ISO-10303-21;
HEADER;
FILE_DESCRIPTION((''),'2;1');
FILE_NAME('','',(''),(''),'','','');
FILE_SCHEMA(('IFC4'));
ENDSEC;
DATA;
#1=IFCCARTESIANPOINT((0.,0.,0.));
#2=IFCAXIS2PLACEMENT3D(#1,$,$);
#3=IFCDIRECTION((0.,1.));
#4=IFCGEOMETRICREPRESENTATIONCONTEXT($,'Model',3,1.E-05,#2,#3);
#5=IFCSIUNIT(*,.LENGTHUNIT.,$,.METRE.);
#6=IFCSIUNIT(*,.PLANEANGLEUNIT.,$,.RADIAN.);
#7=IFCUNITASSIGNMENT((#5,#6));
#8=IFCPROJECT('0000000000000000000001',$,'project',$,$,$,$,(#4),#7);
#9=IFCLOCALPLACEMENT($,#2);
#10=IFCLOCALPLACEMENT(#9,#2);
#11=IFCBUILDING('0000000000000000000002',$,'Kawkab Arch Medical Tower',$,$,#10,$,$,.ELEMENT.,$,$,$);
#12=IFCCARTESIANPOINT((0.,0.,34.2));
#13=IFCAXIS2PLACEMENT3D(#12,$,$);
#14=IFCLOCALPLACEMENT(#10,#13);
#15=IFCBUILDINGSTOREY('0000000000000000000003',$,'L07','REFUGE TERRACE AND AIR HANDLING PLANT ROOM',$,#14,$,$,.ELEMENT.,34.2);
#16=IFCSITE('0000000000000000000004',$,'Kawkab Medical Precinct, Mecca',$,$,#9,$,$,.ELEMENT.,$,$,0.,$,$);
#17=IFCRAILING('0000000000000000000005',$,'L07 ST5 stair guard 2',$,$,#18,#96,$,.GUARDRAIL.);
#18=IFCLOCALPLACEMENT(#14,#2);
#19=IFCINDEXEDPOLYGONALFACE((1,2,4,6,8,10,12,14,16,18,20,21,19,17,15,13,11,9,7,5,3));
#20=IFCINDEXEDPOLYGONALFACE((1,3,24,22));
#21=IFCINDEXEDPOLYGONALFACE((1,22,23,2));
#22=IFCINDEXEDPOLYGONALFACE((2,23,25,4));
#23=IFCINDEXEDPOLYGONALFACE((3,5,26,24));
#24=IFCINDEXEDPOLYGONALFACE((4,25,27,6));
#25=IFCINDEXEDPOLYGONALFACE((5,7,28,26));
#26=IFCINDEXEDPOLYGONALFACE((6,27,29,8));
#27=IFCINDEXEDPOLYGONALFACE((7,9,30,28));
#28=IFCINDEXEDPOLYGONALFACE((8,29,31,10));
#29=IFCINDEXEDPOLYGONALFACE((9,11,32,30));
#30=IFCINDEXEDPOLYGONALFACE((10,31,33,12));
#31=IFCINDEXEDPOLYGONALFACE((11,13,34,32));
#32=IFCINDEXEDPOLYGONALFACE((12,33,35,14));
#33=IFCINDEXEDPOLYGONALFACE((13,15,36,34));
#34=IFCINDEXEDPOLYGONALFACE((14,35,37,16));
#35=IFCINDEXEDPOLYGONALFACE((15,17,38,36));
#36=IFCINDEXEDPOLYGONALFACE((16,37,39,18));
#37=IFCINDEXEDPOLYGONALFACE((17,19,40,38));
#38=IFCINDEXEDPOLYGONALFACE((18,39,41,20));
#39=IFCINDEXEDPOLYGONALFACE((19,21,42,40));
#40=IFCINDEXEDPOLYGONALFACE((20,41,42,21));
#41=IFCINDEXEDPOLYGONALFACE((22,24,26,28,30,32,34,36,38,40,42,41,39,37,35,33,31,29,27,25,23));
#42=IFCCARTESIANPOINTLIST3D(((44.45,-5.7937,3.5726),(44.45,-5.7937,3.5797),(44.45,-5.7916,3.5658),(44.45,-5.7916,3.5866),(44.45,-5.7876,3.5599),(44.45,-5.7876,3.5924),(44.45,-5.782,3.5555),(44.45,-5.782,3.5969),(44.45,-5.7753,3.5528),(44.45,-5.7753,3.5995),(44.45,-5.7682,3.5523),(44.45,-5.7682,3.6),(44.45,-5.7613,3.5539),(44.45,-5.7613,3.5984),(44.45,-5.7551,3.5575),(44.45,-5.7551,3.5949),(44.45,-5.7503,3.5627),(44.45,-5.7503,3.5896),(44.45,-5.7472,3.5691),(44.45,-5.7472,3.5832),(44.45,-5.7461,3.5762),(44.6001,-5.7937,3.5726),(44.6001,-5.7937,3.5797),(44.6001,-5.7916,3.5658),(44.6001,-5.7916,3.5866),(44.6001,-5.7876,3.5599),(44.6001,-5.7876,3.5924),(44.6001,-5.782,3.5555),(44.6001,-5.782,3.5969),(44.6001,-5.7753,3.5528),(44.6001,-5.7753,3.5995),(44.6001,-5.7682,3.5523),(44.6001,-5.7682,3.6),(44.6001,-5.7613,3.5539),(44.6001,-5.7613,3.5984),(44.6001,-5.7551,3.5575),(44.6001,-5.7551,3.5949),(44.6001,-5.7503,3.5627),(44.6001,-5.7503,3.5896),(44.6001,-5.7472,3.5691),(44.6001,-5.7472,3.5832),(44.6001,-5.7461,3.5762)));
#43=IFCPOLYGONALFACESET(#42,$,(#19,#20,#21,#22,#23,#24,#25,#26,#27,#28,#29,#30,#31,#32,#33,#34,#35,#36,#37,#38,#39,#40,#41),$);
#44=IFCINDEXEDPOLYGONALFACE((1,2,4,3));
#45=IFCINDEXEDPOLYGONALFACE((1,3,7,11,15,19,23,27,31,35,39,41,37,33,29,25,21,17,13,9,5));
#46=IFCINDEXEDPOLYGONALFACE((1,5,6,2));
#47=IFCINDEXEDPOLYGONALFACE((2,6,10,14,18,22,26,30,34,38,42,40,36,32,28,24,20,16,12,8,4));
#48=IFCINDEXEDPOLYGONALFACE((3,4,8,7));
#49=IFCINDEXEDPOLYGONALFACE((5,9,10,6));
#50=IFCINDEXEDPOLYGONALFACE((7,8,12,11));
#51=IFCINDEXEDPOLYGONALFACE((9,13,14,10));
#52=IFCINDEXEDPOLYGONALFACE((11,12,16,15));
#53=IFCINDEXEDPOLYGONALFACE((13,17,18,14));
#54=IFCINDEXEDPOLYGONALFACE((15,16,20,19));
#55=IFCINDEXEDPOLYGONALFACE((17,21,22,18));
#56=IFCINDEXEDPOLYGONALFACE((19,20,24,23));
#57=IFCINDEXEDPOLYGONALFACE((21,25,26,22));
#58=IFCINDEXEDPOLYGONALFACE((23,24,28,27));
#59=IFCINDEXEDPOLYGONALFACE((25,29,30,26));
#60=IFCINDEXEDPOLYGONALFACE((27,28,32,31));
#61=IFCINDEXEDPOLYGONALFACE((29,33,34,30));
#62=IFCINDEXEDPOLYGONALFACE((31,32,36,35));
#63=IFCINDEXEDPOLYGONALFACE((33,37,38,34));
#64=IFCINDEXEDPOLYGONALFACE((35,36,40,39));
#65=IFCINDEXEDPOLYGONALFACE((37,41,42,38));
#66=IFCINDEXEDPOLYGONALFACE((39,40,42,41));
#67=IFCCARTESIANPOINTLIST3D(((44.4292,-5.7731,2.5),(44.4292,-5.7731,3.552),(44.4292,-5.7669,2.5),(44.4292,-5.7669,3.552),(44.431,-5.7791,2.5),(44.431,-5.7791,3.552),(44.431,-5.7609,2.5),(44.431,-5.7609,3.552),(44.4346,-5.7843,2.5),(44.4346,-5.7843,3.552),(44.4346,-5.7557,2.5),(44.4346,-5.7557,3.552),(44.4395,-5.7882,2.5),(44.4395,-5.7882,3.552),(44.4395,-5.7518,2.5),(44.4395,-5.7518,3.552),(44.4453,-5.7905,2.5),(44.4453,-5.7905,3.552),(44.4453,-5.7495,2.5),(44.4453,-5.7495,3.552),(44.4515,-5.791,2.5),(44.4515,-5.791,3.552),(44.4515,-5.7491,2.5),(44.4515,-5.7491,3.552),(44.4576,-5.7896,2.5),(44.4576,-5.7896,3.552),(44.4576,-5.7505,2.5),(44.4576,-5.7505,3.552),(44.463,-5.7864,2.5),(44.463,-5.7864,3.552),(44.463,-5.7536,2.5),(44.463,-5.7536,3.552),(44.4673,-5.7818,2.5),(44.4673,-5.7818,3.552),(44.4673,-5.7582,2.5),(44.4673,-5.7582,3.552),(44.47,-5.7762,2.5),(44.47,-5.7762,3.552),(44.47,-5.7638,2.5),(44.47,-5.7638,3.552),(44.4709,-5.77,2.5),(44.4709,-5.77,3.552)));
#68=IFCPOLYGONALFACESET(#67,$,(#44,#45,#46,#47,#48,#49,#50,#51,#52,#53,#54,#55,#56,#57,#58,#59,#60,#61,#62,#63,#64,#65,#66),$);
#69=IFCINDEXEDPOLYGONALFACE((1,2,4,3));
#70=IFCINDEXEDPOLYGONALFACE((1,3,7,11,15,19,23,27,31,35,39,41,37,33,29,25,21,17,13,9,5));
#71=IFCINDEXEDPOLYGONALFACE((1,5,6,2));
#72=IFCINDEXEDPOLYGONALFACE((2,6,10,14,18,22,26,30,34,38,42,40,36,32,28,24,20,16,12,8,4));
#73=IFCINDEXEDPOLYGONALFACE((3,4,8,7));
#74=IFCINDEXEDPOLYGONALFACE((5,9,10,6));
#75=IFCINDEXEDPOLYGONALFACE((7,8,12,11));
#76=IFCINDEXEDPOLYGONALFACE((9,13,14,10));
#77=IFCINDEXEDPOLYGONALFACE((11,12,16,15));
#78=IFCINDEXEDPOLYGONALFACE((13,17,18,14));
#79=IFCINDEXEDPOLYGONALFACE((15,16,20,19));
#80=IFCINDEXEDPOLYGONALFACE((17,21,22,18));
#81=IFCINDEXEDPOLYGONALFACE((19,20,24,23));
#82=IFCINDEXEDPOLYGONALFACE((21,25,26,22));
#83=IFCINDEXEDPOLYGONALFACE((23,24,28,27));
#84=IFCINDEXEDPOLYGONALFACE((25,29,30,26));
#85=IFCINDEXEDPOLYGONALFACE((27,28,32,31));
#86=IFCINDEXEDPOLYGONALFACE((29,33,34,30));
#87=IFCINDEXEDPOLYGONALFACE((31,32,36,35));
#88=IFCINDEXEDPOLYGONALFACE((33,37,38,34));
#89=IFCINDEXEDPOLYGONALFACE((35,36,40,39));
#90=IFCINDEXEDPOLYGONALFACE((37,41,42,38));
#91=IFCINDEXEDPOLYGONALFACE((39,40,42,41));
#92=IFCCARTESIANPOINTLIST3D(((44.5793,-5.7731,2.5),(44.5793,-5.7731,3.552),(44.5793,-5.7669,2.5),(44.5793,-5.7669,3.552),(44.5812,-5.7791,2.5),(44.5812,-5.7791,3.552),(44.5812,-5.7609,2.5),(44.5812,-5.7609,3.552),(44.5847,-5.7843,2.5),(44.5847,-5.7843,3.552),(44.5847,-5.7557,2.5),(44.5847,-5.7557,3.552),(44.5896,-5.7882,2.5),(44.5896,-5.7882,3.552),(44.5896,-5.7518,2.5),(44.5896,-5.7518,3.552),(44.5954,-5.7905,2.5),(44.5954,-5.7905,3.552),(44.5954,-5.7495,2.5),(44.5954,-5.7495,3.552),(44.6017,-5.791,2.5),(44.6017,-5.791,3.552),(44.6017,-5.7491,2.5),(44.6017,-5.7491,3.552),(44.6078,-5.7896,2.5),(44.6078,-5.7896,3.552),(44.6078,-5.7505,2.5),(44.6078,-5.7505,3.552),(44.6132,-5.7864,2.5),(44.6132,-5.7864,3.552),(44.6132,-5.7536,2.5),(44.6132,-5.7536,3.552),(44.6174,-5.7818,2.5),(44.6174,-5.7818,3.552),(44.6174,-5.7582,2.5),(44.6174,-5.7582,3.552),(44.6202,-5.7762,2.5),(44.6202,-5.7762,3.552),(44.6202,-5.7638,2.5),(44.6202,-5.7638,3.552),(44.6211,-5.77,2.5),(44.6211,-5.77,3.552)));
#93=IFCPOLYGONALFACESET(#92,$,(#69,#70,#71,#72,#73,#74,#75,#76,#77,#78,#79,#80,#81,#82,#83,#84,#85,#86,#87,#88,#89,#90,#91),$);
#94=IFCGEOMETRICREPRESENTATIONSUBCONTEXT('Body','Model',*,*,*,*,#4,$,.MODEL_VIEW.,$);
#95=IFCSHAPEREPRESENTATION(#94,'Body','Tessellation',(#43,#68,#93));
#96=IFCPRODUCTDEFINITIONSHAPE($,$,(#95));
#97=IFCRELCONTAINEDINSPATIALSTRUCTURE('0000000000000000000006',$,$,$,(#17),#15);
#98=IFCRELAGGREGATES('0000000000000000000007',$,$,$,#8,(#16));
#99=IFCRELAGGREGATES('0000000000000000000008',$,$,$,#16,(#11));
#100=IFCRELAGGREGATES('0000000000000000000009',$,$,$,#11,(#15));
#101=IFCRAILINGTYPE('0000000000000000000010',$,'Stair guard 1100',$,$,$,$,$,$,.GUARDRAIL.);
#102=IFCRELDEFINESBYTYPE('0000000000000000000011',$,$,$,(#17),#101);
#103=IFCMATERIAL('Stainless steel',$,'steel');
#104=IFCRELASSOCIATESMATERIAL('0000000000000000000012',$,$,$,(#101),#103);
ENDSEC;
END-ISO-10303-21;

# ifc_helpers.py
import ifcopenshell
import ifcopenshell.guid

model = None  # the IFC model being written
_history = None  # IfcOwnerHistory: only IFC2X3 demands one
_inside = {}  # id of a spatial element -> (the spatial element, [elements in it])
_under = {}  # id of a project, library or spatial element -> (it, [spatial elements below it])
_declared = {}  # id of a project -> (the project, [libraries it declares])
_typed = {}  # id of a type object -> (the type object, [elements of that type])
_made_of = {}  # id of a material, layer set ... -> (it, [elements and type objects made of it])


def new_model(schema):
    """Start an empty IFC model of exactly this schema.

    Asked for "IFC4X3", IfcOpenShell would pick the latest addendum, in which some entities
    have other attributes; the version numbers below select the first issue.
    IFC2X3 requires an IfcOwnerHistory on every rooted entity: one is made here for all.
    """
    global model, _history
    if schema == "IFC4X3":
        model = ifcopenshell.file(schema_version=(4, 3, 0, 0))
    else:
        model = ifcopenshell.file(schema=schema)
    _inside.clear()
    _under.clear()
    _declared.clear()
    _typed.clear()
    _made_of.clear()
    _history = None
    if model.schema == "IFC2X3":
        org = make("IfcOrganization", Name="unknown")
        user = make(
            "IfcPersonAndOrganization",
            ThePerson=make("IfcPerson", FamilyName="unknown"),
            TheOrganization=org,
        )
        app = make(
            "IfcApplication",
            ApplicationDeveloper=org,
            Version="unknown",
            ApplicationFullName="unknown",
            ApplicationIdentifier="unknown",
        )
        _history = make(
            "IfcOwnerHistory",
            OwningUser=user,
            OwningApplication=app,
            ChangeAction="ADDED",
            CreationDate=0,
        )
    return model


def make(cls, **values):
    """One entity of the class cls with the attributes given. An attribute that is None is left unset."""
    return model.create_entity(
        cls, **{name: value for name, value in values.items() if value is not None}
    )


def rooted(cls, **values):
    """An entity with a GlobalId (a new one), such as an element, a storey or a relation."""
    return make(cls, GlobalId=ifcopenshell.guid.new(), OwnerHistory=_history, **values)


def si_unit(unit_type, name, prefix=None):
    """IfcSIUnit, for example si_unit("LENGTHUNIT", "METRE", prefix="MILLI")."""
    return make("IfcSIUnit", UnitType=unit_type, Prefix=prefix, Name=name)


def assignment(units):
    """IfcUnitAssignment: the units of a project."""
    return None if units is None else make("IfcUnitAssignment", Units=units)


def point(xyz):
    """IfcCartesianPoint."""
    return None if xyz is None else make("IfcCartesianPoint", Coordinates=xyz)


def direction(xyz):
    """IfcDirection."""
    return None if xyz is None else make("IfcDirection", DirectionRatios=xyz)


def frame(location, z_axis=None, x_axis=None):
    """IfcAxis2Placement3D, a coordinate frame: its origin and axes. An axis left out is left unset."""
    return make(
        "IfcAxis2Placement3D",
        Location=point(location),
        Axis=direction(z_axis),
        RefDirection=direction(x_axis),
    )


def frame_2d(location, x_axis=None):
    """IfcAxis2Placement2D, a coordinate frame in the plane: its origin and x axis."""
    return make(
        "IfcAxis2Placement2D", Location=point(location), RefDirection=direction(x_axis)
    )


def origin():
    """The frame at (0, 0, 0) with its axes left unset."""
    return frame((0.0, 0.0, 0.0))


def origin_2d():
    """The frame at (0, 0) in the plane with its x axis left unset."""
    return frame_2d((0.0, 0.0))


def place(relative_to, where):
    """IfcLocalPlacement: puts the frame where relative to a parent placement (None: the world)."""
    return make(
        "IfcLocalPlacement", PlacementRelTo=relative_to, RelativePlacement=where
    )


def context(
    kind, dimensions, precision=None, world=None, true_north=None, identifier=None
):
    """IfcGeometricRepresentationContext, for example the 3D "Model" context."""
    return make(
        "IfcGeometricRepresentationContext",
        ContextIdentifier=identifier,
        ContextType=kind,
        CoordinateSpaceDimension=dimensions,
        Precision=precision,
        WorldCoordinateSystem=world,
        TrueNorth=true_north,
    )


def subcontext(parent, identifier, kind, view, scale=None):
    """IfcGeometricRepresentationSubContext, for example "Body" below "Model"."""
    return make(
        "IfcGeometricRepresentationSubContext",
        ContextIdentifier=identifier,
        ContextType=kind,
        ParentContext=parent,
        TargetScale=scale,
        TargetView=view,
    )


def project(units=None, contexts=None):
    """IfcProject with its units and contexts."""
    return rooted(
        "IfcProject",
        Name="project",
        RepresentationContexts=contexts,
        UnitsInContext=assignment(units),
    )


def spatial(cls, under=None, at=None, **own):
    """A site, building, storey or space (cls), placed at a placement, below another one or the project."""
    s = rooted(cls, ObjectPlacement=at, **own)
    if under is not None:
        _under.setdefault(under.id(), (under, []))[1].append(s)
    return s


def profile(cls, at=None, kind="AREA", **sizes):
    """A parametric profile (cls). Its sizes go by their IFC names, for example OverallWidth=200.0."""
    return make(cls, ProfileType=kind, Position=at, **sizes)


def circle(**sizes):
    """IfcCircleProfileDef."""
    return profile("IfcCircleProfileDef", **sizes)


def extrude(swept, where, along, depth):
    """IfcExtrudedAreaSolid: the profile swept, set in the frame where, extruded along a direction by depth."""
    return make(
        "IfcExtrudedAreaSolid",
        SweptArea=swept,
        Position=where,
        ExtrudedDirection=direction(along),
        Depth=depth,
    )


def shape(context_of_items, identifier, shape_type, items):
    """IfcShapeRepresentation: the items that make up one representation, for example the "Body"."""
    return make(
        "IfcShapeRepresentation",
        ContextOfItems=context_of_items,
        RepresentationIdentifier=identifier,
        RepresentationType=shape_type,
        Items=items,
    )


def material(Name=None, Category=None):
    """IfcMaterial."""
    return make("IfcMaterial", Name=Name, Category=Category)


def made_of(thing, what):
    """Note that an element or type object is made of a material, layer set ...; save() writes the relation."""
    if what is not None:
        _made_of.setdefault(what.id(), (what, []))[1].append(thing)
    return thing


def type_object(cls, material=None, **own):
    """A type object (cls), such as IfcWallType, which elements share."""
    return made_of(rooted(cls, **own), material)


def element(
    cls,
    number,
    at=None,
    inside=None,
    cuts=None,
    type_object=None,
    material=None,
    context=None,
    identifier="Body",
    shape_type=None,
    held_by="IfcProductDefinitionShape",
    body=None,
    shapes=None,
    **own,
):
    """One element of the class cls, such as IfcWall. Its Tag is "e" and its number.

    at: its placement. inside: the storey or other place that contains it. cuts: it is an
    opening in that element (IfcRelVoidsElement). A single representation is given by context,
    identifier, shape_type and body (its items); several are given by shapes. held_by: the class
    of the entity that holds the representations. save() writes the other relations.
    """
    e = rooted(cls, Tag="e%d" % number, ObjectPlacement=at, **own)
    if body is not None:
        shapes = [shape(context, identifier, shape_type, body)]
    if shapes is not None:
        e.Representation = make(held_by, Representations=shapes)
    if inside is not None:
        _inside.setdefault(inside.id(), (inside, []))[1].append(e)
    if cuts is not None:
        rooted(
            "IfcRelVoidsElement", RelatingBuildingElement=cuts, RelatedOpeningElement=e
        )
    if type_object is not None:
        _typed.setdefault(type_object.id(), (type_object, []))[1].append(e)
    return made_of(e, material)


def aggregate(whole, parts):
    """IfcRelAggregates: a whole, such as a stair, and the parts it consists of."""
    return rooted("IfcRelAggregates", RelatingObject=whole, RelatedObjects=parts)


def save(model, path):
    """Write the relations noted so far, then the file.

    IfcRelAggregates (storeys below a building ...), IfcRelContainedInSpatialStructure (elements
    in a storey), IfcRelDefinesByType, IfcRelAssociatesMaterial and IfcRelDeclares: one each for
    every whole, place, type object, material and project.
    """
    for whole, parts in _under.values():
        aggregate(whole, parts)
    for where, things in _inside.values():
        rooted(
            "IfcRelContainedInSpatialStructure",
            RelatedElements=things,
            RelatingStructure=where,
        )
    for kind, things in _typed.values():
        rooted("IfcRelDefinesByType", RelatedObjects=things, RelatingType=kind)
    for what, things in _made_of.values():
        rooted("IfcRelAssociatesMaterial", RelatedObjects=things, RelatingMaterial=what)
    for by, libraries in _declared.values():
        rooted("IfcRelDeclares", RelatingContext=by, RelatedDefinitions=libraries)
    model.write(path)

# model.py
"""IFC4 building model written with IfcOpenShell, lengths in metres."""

from ifc_helpers import new_model, si_unit, direction, frame, origin, origin_2d, place, context, subcontext, project, spatial, circle, extrude, material, type_object, element, save


model = new_model("IFC4")

# Units and contexts
model_context = context("Model", 3, precision=1e-05, world=origin(), true_north=direction((0.0, 1.0)))
body_context = subcontext(model_context, "Body", "Model", "MODEL_VIEW")
ifc_project = project(units=[si_unit("LENGTHUNIT", "METRE"), si_unit("PLANEANGLEUNIT", "RADIAN")], contexts=[model_context])

# Site, building, storey
site_placement = place(None, origin())
site = spatial("IfcSite", under=ifc_project, at=site_placement, Name="Kawkab Medical Precinct, Mecca", CompositionType="ELEMENT", RefElevation=0.0)
building_placement = place(site_placement, origin())
building = spatial("IfcBuilding", under=site, at=building_placement, Name="Kawkab Arch Medical Tower", CompositionType="ELEMENT")
storey_placement = place(building_placement, frame((0.0, 0.0, 34.2)))
storey = spatial("IfcBuildingStorey", under=building, at=storey_placement, Name="L07", Description="REFUGE TERRACE AND AIR HANDLING PLANT ROOM", CompositionType="ELEMENT", Elevation=34.2)

# Railing
ifc_material_1 = material(Name="Stainless steel", Category="steel")
railing_type = type_object("IfcRailingType", Name="Stair guard 1100", PredefinedType="GUARDRAIL", material=ifc_material_1)
railing_1_placement = place(storey_placement, frame((44.45, -5.77, 2.5)))
element("IfcRailing", 1, at=railing_1_placement, inside=storey, type_object=railing_type, Name="L07 ST5 stair guard 2", PredefinedType="GUARDRAIL", context=body_context, shape_type="SweptSolid", body=[
    extrude(circle(Radius=0.0239, at=origin_2d()), frame((0.0, 0.0, 1.0762), z_axis=(1.0, 0.0, 0.0), x_axis=(0.0, 1.0, 0.0)), (0.0, 0.0, 1.0), 0.1501),
    extrude(circle(Radius=0.021, at=origin_2d()), origin(), (0.0, 0.0, 1.0), 1.052),
    extrude(circle(Radius=0.021, at=origin_2d()), frame((0.1501, 0.0, 0.0)), (0.0, 0.0, 1.0), 1.052),
])

save(model, "model.ifc")
